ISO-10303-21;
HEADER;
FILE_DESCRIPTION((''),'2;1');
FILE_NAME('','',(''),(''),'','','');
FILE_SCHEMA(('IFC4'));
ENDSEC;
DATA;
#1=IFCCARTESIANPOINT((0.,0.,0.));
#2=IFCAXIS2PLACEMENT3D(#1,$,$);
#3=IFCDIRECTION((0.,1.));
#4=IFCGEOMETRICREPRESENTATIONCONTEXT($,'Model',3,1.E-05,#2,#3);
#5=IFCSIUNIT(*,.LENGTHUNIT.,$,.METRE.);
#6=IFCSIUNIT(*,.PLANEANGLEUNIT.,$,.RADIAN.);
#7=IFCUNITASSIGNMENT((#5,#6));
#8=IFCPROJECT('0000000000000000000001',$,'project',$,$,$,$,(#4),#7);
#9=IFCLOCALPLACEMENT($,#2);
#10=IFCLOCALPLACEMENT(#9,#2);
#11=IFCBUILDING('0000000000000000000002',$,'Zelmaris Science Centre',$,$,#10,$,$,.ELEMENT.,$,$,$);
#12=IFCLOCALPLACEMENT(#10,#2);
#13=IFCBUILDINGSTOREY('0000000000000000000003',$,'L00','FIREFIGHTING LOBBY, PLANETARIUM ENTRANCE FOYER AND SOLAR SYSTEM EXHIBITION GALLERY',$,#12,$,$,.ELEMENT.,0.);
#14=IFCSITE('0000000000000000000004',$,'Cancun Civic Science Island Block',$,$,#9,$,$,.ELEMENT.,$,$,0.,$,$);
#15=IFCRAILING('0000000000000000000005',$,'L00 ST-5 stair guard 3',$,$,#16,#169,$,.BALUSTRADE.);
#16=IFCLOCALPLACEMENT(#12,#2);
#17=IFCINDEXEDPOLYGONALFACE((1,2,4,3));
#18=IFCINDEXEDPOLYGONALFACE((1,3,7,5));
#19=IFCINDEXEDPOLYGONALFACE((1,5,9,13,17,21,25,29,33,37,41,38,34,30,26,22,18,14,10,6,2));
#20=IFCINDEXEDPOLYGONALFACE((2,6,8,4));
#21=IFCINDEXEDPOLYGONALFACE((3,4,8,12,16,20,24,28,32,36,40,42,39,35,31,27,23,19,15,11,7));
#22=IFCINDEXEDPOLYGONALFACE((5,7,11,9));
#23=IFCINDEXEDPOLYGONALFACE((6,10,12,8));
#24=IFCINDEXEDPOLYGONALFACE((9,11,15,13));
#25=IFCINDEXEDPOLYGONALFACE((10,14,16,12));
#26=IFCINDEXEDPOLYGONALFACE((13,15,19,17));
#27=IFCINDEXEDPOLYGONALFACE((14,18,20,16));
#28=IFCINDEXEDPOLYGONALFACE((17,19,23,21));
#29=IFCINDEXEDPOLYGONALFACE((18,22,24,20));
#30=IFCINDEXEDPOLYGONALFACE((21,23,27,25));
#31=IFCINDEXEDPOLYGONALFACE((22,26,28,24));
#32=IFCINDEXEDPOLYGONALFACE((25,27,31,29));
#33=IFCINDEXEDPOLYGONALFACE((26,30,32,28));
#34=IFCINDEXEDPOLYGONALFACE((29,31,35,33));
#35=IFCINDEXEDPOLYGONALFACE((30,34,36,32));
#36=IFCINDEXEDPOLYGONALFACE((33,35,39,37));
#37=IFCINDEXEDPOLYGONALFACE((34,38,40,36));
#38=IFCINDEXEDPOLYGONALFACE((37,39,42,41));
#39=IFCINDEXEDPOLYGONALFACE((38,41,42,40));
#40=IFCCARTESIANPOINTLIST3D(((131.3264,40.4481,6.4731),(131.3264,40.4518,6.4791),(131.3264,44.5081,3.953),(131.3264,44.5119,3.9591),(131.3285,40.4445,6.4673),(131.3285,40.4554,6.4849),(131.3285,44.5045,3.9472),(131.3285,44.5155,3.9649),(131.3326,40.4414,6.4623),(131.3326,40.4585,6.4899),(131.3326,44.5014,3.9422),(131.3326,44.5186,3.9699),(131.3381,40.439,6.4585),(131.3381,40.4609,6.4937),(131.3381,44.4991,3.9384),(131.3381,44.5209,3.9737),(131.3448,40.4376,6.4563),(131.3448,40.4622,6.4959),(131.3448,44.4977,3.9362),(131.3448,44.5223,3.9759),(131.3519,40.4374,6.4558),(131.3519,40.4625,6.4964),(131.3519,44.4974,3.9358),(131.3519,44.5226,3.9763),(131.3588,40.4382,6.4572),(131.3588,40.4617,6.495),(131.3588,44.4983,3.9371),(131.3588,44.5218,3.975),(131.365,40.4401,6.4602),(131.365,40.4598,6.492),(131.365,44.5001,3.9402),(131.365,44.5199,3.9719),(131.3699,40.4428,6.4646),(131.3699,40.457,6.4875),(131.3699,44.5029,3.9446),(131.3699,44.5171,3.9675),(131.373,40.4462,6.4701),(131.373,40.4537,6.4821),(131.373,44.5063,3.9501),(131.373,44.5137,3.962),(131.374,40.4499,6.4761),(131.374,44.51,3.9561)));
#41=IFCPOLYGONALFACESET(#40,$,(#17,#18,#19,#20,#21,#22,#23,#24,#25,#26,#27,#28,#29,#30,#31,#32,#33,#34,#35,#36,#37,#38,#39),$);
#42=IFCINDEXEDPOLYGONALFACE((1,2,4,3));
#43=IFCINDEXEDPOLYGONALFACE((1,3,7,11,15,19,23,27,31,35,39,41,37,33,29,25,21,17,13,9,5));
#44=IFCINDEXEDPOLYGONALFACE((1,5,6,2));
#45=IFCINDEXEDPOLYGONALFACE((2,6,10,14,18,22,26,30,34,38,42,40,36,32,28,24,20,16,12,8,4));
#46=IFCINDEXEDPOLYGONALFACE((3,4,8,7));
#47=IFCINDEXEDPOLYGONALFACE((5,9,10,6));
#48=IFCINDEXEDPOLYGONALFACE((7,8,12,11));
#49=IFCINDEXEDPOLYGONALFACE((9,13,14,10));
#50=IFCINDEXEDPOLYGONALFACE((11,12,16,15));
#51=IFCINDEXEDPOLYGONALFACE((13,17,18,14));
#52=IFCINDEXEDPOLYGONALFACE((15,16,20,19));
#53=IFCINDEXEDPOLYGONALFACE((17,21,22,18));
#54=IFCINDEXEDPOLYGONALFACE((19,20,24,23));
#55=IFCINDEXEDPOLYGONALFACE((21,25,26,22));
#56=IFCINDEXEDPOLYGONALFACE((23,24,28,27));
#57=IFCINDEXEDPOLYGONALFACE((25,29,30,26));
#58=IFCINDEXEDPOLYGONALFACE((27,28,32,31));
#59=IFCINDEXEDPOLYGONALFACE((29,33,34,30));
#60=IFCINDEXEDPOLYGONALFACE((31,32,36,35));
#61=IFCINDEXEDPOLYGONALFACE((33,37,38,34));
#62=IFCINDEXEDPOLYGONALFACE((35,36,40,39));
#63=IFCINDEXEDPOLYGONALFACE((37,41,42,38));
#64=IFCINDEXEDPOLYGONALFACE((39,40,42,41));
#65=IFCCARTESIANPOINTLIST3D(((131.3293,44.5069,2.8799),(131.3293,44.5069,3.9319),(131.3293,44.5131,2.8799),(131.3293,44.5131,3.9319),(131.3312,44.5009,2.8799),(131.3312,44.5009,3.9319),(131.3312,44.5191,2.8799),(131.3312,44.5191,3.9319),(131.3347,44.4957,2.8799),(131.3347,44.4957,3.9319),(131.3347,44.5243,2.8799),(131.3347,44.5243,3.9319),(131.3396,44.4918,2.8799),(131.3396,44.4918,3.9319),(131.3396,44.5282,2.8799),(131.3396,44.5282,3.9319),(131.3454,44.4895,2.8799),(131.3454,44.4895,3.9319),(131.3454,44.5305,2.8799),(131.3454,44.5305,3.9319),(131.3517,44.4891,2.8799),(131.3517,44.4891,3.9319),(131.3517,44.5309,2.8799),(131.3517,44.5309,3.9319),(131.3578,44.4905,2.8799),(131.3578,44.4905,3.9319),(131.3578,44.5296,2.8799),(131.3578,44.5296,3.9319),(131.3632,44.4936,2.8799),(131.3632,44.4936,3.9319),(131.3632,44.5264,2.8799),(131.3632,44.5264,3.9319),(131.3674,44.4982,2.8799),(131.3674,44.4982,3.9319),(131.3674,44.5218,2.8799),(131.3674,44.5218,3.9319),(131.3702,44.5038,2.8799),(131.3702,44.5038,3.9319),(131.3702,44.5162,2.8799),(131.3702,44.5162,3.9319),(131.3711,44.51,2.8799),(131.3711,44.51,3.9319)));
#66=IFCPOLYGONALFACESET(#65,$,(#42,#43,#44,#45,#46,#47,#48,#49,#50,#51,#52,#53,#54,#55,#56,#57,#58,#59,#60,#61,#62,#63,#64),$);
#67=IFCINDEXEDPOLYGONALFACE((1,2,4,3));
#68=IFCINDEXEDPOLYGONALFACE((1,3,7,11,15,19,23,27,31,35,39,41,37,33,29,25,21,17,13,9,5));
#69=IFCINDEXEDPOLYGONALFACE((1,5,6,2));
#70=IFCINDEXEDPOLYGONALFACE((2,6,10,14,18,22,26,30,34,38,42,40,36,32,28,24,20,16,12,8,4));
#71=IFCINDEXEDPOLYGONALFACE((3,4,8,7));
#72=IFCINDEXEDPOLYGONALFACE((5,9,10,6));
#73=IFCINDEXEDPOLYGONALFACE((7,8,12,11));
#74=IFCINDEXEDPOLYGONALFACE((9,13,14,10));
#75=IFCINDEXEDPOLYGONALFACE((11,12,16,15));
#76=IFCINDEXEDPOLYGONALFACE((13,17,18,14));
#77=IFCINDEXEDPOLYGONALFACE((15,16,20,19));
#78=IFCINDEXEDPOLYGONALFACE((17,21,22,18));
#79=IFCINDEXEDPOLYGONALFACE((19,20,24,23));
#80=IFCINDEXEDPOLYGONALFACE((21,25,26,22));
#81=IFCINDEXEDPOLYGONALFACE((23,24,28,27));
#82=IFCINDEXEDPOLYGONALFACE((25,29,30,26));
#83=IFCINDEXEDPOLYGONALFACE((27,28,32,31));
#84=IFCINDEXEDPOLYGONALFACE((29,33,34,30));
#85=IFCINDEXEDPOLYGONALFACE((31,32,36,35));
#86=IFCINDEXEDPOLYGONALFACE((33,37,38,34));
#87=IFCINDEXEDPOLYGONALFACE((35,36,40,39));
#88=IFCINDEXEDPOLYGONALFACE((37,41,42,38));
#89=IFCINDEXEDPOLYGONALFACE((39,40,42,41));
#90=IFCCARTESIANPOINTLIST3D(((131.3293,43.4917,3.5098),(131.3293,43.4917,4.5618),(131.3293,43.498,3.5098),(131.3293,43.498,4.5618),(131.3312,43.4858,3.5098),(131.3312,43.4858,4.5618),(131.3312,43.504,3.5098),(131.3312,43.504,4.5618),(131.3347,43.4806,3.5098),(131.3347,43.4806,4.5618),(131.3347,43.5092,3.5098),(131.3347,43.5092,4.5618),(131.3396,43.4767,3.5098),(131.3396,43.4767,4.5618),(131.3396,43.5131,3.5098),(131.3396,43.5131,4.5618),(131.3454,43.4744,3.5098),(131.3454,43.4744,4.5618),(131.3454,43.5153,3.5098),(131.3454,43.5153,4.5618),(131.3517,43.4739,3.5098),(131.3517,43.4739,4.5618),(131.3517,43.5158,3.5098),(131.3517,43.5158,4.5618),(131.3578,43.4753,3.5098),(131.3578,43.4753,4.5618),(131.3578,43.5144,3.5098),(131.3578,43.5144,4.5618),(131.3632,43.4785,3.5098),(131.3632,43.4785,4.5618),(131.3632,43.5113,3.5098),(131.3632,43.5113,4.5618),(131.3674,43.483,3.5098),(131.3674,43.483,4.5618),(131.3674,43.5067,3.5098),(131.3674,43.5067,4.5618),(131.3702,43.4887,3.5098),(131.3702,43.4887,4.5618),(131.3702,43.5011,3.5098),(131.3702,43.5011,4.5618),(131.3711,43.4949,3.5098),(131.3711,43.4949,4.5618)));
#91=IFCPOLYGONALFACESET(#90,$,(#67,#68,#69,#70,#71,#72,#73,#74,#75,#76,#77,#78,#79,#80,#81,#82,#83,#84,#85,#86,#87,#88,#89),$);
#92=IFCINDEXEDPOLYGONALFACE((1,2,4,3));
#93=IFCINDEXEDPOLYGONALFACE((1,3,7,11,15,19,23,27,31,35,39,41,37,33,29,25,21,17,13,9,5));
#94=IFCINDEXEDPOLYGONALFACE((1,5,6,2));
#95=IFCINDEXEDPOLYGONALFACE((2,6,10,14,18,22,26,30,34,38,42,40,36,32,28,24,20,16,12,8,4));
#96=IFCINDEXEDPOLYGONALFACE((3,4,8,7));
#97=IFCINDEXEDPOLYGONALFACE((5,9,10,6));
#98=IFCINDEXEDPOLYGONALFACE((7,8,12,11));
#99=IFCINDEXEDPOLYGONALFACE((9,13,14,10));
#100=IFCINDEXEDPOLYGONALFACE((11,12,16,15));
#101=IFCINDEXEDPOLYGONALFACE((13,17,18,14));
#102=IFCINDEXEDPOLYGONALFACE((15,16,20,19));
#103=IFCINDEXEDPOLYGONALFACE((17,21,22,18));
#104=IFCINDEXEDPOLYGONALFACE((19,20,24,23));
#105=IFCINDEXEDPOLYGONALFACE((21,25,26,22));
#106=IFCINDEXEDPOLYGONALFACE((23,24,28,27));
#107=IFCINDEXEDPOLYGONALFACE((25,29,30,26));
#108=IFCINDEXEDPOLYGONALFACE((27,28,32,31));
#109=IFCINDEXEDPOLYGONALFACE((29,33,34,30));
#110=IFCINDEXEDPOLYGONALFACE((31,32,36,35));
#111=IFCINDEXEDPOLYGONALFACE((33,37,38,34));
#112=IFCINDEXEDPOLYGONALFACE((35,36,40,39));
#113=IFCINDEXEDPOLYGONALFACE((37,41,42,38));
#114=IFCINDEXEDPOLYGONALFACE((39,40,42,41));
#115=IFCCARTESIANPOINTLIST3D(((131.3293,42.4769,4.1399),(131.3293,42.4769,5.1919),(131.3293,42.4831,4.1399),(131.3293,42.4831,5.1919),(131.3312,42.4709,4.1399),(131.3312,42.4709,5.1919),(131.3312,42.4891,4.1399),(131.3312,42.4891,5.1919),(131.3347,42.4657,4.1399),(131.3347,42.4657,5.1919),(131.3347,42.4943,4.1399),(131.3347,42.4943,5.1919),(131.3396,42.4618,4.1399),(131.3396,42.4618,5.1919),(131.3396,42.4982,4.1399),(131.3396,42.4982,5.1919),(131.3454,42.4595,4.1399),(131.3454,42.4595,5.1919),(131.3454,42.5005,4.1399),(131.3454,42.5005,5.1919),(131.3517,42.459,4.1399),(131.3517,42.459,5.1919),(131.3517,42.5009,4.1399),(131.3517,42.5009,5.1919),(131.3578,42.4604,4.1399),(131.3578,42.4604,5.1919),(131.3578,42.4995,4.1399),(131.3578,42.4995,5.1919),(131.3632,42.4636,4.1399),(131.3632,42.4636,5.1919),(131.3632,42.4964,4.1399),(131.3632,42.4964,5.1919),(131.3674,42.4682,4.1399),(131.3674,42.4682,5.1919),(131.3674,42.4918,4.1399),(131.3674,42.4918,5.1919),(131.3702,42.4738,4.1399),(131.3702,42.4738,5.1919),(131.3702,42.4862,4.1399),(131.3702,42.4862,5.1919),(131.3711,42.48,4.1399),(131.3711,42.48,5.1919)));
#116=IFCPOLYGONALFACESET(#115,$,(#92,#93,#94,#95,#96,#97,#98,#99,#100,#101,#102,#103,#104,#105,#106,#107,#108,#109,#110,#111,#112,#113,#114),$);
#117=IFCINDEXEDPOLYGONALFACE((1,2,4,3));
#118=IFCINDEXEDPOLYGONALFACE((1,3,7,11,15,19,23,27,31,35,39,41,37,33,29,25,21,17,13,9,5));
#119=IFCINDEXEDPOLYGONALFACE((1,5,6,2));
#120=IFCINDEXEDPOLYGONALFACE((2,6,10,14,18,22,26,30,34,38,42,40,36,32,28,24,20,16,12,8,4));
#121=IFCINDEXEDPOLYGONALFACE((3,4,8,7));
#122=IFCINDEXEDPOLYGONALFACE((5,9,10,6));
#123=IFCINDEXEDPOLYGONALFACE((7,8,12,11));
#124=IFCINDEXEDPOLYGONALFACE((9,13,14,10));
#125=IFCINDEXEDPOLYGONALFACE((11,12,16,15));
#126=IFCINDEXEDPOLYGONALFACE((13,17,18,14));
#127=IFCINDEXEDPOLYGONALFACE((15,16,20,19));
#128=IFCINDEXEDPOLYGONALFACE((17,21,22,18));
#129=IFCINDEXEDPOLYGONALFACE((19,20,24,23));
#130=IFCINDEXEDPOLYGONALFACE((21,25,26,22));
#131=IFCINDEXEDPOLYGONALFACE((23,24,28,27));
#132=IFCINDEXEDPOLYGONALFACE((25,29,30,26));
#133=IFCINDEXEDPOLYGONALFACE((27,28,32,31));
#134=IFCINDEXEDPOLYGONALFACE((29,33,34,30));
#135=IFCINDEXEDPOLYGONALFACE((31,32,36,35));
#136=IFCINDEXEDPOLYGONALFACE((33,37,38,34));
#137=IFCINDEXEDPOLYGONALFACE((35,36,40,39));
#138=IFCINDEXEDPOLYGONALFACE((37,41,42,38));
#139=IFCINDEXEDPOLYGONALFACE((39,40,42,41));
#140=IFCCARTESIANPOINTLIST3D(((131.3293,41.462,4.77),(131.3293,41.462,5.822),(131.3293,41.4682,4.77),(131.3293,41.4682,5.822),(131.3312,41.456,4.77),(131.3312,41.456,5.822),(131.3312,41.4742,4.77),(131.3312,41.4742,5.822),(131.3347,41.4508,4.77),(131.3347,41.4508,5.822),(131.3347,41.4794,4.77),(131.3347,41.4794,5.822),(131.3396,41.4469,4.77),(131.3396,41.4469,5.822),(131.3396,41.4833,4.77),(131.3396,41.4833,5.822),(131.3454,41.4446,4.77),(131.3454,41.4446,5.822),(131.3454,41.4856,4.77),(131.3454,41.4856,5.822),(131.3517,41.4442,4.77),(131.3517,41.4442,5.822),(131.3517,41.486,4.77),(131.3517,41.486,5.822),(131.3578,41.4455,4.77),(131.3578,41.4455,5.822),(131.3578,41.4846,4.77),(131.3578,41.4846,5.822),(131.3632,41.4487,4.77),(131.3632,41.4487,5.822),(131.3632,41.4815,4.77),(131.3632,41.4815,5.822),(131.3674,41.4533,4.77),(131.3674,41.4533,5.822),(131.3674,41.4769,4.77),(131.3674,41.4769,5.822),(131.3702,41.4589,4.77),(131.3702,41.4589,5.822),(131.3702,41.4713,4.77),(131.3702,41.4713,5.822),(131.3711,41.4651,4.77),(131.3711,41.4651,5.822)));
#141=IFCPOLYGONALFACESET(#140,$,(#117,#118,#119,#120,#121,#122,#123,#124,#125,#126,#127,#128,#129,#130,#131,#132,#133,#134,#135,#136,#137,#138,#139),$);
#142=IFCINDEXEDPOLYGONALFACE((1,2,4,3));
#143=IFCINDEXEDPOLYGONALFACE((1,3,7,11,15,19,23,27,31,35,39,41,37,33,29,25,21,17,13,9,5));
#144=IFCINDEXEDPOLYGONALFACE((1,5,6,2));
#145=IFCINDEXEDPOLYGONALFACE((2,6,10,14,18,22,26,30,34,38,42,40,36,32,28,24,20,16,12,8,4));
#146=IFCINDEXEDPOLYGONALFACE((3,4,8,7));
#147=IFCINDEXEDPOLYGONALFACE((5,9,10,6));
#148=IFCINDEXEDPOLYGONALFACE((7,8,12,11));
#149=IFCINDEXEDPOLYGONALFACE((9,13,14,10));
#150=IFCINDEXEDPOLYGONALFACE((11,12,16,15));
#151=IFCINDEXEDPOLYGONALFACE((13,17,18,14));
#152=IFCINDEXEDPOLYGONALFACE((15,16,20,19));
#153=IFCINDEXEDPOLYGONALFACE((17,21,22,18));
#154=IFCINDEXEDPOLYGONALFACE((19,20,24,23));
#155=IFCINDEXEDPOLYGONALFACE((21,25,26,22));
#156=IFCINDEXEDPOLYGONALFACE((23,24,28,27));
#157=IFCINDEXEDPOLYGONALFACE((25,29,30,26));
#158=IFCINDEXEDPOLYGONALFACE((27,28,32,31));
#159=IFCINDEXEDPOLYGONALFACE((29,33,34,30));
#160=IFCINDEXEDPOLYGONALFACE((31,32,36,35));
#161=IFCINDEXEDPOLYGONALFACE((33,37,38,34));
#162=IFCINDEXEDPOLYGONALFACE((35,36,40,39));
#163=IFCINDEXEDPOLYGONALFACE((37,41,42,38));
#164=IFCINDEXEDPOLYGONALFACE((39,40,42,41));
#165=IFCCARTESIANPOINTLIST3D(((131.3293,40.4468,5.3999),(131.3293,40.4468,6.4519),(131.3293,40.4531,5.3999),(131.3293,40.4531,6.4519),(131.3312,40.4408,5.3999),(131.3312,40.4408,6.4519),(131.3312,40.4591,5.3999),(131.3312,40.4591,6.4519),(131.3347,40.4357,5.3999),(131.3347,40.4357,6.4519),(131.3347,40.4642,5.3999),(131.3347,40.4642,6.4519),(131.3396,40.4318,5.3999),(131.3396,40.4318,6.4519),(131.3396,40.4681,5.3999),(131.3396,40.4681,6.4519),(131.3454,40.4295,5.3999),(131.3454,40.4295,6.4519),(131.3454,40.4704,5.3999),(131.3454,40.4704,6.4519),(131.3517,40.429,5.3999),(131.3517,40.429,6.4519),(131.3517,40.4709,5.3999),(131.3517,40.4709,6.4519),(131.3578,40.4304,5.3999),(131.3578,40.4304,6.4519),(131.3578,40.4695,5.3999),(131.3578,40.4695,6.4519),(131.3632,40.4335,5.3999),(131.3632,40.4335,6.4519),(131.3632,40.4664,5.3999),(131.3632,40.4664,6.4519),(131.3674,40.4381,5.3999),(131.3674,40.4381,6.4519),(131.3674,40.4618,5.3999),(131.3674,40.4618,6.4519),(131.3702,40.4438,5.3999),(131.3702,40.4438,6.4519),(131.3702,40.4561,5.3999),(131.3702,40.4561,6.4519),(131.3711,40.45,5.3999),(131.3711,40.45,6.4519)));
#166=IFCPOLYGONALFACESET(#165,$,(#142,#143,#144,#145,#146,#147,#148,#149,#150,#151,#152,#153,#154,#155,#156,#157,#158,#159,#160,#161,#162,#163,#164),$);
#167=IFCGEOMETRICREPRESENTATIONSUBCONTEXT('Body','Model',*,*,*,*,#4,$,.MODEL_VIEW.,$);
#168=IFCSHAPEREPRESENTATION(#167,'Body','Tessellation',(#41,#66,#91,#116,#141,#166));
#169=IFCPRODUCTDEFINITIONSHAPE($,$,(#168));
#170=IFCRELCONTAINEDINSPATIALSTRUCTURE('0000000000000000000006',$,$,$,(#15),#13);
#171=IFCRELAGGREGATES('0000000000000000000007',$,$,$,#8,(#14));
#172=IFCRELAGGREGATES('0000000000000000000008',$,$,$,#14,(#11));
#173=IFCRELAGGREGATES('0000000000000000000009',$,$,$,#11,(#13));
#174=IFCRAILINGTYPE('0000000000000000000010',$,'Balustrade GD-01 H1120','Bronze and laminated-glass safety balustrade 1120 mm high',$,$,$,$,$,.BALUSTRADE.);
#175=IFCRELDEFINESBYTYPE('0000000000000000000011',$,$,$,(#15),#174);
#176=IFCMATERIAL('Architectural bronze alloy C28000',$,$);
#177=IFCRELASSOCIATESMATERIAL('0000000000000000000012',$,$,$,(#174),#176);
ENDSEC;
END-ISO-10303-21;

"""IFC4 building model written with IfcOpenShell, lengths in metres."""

from ifc_helpers import new_model, si_unit, direction, frame, origin, origin_2d, place, context, subcontext, project, spatial, circle, extrude, material, type_object, element, save


model = new_model("IFC4")

# Units and contexts
model_context = context("Model", 3, precision=1e-05, world=origin(), true_north=direction((0.0, 1.0)))
body_context = subcontext(model_context, "Body", "Model", "MODEL_VIEW")
ifc_project = project(units=[si_unit("LENGTHUNIT", "METRE"), si_unit("PLANEANGLEUNIT", "RADIAN")], contexts=[model_context])

# Site, building, storey
site_placement = place(None, origin())
site = spatial("IfcSite", under=ifc_project, at=site_placement, Name="Cancun Civic Science Island Block", CompositionType="ELEMENT", RefElevation=0.0)
building_placement = place(site_placement, origin())
building = spatial("IfcBuilding", under=site, at=building_placement, Name="Zelmaris Science Centre", CompositionType="ELEMENT")
storey_placement = place(building_placement, origin())
storey = spatial("IfcBuildingStorey", under=building, at=storey_placement, Name="L00", Description="FIREFIGHTING LOBBY, PLANETARIUM ENTRANCE FOYER AND SOLAR SYSTEM EXHIBITION GALLERY", CompositionType="ELEMENT", Elevation=0.0)

# Railing
ifc_material_1 = material(Name="Architectural bronze alloy C28000")
railing_type_1 = type_object("IfcRailingType", Name="Balustrade GD-01 H1120", Description="Bronze and laminated-glass safety balustrade 1120 mm high", PredefinedType="BALUSTRADE", material=ifc_material_1)
railing_1_placement = place(storey_placement, frame((131.3501, 44.51, 2.8799)))
element("IfcRailing", 1, at=railing_1_placement, inside=storey, type_object=railing_type_1, Name="L00 ST-5 stair guard 3", PredefinedType="BALUSTRADE", context=body_context, shape_type="SweptSolid", body=[
    extrude(circle(Radius=0.0239, at=origin_2d()), frame((0.0, 0.0, 1.0762), z_axis=(0.0, -0.849642, 0.52736), x_axis=(1.0, 0.0, 0.0)), (0.0, 0.0, 1.0), 4.7786),
    extrude(circle(Radius=0.021, at=origin_2d()), origin(), (0.0, 0.0, 1.0), 1.052),
    extrude(circle(Radius=0.021, at=origin_2d()), frame((0.0, -1.0151, 0.6299)), (0.0, 0.0, 1.0), 1.052),
    extrude(circle(Radius=0.021, at=origin_2d()), frame((0.0, -2.03, 1.26)), (0.0, 0.0, 1.0), 1.052),
    extrude(circle(Radius=0.021, at=origin_2d()), frame((0.0, -3.0449, 1.8901)), (0.0, 0.0, 1.0), 1.052),
    extrude(circle(Radius=0.021, at=origin_2d()), frame((0.0, -4.0601, 2.52)), (0.0, 0.0, 1.0), 1.052),
])

save(model, "model.ifc")
